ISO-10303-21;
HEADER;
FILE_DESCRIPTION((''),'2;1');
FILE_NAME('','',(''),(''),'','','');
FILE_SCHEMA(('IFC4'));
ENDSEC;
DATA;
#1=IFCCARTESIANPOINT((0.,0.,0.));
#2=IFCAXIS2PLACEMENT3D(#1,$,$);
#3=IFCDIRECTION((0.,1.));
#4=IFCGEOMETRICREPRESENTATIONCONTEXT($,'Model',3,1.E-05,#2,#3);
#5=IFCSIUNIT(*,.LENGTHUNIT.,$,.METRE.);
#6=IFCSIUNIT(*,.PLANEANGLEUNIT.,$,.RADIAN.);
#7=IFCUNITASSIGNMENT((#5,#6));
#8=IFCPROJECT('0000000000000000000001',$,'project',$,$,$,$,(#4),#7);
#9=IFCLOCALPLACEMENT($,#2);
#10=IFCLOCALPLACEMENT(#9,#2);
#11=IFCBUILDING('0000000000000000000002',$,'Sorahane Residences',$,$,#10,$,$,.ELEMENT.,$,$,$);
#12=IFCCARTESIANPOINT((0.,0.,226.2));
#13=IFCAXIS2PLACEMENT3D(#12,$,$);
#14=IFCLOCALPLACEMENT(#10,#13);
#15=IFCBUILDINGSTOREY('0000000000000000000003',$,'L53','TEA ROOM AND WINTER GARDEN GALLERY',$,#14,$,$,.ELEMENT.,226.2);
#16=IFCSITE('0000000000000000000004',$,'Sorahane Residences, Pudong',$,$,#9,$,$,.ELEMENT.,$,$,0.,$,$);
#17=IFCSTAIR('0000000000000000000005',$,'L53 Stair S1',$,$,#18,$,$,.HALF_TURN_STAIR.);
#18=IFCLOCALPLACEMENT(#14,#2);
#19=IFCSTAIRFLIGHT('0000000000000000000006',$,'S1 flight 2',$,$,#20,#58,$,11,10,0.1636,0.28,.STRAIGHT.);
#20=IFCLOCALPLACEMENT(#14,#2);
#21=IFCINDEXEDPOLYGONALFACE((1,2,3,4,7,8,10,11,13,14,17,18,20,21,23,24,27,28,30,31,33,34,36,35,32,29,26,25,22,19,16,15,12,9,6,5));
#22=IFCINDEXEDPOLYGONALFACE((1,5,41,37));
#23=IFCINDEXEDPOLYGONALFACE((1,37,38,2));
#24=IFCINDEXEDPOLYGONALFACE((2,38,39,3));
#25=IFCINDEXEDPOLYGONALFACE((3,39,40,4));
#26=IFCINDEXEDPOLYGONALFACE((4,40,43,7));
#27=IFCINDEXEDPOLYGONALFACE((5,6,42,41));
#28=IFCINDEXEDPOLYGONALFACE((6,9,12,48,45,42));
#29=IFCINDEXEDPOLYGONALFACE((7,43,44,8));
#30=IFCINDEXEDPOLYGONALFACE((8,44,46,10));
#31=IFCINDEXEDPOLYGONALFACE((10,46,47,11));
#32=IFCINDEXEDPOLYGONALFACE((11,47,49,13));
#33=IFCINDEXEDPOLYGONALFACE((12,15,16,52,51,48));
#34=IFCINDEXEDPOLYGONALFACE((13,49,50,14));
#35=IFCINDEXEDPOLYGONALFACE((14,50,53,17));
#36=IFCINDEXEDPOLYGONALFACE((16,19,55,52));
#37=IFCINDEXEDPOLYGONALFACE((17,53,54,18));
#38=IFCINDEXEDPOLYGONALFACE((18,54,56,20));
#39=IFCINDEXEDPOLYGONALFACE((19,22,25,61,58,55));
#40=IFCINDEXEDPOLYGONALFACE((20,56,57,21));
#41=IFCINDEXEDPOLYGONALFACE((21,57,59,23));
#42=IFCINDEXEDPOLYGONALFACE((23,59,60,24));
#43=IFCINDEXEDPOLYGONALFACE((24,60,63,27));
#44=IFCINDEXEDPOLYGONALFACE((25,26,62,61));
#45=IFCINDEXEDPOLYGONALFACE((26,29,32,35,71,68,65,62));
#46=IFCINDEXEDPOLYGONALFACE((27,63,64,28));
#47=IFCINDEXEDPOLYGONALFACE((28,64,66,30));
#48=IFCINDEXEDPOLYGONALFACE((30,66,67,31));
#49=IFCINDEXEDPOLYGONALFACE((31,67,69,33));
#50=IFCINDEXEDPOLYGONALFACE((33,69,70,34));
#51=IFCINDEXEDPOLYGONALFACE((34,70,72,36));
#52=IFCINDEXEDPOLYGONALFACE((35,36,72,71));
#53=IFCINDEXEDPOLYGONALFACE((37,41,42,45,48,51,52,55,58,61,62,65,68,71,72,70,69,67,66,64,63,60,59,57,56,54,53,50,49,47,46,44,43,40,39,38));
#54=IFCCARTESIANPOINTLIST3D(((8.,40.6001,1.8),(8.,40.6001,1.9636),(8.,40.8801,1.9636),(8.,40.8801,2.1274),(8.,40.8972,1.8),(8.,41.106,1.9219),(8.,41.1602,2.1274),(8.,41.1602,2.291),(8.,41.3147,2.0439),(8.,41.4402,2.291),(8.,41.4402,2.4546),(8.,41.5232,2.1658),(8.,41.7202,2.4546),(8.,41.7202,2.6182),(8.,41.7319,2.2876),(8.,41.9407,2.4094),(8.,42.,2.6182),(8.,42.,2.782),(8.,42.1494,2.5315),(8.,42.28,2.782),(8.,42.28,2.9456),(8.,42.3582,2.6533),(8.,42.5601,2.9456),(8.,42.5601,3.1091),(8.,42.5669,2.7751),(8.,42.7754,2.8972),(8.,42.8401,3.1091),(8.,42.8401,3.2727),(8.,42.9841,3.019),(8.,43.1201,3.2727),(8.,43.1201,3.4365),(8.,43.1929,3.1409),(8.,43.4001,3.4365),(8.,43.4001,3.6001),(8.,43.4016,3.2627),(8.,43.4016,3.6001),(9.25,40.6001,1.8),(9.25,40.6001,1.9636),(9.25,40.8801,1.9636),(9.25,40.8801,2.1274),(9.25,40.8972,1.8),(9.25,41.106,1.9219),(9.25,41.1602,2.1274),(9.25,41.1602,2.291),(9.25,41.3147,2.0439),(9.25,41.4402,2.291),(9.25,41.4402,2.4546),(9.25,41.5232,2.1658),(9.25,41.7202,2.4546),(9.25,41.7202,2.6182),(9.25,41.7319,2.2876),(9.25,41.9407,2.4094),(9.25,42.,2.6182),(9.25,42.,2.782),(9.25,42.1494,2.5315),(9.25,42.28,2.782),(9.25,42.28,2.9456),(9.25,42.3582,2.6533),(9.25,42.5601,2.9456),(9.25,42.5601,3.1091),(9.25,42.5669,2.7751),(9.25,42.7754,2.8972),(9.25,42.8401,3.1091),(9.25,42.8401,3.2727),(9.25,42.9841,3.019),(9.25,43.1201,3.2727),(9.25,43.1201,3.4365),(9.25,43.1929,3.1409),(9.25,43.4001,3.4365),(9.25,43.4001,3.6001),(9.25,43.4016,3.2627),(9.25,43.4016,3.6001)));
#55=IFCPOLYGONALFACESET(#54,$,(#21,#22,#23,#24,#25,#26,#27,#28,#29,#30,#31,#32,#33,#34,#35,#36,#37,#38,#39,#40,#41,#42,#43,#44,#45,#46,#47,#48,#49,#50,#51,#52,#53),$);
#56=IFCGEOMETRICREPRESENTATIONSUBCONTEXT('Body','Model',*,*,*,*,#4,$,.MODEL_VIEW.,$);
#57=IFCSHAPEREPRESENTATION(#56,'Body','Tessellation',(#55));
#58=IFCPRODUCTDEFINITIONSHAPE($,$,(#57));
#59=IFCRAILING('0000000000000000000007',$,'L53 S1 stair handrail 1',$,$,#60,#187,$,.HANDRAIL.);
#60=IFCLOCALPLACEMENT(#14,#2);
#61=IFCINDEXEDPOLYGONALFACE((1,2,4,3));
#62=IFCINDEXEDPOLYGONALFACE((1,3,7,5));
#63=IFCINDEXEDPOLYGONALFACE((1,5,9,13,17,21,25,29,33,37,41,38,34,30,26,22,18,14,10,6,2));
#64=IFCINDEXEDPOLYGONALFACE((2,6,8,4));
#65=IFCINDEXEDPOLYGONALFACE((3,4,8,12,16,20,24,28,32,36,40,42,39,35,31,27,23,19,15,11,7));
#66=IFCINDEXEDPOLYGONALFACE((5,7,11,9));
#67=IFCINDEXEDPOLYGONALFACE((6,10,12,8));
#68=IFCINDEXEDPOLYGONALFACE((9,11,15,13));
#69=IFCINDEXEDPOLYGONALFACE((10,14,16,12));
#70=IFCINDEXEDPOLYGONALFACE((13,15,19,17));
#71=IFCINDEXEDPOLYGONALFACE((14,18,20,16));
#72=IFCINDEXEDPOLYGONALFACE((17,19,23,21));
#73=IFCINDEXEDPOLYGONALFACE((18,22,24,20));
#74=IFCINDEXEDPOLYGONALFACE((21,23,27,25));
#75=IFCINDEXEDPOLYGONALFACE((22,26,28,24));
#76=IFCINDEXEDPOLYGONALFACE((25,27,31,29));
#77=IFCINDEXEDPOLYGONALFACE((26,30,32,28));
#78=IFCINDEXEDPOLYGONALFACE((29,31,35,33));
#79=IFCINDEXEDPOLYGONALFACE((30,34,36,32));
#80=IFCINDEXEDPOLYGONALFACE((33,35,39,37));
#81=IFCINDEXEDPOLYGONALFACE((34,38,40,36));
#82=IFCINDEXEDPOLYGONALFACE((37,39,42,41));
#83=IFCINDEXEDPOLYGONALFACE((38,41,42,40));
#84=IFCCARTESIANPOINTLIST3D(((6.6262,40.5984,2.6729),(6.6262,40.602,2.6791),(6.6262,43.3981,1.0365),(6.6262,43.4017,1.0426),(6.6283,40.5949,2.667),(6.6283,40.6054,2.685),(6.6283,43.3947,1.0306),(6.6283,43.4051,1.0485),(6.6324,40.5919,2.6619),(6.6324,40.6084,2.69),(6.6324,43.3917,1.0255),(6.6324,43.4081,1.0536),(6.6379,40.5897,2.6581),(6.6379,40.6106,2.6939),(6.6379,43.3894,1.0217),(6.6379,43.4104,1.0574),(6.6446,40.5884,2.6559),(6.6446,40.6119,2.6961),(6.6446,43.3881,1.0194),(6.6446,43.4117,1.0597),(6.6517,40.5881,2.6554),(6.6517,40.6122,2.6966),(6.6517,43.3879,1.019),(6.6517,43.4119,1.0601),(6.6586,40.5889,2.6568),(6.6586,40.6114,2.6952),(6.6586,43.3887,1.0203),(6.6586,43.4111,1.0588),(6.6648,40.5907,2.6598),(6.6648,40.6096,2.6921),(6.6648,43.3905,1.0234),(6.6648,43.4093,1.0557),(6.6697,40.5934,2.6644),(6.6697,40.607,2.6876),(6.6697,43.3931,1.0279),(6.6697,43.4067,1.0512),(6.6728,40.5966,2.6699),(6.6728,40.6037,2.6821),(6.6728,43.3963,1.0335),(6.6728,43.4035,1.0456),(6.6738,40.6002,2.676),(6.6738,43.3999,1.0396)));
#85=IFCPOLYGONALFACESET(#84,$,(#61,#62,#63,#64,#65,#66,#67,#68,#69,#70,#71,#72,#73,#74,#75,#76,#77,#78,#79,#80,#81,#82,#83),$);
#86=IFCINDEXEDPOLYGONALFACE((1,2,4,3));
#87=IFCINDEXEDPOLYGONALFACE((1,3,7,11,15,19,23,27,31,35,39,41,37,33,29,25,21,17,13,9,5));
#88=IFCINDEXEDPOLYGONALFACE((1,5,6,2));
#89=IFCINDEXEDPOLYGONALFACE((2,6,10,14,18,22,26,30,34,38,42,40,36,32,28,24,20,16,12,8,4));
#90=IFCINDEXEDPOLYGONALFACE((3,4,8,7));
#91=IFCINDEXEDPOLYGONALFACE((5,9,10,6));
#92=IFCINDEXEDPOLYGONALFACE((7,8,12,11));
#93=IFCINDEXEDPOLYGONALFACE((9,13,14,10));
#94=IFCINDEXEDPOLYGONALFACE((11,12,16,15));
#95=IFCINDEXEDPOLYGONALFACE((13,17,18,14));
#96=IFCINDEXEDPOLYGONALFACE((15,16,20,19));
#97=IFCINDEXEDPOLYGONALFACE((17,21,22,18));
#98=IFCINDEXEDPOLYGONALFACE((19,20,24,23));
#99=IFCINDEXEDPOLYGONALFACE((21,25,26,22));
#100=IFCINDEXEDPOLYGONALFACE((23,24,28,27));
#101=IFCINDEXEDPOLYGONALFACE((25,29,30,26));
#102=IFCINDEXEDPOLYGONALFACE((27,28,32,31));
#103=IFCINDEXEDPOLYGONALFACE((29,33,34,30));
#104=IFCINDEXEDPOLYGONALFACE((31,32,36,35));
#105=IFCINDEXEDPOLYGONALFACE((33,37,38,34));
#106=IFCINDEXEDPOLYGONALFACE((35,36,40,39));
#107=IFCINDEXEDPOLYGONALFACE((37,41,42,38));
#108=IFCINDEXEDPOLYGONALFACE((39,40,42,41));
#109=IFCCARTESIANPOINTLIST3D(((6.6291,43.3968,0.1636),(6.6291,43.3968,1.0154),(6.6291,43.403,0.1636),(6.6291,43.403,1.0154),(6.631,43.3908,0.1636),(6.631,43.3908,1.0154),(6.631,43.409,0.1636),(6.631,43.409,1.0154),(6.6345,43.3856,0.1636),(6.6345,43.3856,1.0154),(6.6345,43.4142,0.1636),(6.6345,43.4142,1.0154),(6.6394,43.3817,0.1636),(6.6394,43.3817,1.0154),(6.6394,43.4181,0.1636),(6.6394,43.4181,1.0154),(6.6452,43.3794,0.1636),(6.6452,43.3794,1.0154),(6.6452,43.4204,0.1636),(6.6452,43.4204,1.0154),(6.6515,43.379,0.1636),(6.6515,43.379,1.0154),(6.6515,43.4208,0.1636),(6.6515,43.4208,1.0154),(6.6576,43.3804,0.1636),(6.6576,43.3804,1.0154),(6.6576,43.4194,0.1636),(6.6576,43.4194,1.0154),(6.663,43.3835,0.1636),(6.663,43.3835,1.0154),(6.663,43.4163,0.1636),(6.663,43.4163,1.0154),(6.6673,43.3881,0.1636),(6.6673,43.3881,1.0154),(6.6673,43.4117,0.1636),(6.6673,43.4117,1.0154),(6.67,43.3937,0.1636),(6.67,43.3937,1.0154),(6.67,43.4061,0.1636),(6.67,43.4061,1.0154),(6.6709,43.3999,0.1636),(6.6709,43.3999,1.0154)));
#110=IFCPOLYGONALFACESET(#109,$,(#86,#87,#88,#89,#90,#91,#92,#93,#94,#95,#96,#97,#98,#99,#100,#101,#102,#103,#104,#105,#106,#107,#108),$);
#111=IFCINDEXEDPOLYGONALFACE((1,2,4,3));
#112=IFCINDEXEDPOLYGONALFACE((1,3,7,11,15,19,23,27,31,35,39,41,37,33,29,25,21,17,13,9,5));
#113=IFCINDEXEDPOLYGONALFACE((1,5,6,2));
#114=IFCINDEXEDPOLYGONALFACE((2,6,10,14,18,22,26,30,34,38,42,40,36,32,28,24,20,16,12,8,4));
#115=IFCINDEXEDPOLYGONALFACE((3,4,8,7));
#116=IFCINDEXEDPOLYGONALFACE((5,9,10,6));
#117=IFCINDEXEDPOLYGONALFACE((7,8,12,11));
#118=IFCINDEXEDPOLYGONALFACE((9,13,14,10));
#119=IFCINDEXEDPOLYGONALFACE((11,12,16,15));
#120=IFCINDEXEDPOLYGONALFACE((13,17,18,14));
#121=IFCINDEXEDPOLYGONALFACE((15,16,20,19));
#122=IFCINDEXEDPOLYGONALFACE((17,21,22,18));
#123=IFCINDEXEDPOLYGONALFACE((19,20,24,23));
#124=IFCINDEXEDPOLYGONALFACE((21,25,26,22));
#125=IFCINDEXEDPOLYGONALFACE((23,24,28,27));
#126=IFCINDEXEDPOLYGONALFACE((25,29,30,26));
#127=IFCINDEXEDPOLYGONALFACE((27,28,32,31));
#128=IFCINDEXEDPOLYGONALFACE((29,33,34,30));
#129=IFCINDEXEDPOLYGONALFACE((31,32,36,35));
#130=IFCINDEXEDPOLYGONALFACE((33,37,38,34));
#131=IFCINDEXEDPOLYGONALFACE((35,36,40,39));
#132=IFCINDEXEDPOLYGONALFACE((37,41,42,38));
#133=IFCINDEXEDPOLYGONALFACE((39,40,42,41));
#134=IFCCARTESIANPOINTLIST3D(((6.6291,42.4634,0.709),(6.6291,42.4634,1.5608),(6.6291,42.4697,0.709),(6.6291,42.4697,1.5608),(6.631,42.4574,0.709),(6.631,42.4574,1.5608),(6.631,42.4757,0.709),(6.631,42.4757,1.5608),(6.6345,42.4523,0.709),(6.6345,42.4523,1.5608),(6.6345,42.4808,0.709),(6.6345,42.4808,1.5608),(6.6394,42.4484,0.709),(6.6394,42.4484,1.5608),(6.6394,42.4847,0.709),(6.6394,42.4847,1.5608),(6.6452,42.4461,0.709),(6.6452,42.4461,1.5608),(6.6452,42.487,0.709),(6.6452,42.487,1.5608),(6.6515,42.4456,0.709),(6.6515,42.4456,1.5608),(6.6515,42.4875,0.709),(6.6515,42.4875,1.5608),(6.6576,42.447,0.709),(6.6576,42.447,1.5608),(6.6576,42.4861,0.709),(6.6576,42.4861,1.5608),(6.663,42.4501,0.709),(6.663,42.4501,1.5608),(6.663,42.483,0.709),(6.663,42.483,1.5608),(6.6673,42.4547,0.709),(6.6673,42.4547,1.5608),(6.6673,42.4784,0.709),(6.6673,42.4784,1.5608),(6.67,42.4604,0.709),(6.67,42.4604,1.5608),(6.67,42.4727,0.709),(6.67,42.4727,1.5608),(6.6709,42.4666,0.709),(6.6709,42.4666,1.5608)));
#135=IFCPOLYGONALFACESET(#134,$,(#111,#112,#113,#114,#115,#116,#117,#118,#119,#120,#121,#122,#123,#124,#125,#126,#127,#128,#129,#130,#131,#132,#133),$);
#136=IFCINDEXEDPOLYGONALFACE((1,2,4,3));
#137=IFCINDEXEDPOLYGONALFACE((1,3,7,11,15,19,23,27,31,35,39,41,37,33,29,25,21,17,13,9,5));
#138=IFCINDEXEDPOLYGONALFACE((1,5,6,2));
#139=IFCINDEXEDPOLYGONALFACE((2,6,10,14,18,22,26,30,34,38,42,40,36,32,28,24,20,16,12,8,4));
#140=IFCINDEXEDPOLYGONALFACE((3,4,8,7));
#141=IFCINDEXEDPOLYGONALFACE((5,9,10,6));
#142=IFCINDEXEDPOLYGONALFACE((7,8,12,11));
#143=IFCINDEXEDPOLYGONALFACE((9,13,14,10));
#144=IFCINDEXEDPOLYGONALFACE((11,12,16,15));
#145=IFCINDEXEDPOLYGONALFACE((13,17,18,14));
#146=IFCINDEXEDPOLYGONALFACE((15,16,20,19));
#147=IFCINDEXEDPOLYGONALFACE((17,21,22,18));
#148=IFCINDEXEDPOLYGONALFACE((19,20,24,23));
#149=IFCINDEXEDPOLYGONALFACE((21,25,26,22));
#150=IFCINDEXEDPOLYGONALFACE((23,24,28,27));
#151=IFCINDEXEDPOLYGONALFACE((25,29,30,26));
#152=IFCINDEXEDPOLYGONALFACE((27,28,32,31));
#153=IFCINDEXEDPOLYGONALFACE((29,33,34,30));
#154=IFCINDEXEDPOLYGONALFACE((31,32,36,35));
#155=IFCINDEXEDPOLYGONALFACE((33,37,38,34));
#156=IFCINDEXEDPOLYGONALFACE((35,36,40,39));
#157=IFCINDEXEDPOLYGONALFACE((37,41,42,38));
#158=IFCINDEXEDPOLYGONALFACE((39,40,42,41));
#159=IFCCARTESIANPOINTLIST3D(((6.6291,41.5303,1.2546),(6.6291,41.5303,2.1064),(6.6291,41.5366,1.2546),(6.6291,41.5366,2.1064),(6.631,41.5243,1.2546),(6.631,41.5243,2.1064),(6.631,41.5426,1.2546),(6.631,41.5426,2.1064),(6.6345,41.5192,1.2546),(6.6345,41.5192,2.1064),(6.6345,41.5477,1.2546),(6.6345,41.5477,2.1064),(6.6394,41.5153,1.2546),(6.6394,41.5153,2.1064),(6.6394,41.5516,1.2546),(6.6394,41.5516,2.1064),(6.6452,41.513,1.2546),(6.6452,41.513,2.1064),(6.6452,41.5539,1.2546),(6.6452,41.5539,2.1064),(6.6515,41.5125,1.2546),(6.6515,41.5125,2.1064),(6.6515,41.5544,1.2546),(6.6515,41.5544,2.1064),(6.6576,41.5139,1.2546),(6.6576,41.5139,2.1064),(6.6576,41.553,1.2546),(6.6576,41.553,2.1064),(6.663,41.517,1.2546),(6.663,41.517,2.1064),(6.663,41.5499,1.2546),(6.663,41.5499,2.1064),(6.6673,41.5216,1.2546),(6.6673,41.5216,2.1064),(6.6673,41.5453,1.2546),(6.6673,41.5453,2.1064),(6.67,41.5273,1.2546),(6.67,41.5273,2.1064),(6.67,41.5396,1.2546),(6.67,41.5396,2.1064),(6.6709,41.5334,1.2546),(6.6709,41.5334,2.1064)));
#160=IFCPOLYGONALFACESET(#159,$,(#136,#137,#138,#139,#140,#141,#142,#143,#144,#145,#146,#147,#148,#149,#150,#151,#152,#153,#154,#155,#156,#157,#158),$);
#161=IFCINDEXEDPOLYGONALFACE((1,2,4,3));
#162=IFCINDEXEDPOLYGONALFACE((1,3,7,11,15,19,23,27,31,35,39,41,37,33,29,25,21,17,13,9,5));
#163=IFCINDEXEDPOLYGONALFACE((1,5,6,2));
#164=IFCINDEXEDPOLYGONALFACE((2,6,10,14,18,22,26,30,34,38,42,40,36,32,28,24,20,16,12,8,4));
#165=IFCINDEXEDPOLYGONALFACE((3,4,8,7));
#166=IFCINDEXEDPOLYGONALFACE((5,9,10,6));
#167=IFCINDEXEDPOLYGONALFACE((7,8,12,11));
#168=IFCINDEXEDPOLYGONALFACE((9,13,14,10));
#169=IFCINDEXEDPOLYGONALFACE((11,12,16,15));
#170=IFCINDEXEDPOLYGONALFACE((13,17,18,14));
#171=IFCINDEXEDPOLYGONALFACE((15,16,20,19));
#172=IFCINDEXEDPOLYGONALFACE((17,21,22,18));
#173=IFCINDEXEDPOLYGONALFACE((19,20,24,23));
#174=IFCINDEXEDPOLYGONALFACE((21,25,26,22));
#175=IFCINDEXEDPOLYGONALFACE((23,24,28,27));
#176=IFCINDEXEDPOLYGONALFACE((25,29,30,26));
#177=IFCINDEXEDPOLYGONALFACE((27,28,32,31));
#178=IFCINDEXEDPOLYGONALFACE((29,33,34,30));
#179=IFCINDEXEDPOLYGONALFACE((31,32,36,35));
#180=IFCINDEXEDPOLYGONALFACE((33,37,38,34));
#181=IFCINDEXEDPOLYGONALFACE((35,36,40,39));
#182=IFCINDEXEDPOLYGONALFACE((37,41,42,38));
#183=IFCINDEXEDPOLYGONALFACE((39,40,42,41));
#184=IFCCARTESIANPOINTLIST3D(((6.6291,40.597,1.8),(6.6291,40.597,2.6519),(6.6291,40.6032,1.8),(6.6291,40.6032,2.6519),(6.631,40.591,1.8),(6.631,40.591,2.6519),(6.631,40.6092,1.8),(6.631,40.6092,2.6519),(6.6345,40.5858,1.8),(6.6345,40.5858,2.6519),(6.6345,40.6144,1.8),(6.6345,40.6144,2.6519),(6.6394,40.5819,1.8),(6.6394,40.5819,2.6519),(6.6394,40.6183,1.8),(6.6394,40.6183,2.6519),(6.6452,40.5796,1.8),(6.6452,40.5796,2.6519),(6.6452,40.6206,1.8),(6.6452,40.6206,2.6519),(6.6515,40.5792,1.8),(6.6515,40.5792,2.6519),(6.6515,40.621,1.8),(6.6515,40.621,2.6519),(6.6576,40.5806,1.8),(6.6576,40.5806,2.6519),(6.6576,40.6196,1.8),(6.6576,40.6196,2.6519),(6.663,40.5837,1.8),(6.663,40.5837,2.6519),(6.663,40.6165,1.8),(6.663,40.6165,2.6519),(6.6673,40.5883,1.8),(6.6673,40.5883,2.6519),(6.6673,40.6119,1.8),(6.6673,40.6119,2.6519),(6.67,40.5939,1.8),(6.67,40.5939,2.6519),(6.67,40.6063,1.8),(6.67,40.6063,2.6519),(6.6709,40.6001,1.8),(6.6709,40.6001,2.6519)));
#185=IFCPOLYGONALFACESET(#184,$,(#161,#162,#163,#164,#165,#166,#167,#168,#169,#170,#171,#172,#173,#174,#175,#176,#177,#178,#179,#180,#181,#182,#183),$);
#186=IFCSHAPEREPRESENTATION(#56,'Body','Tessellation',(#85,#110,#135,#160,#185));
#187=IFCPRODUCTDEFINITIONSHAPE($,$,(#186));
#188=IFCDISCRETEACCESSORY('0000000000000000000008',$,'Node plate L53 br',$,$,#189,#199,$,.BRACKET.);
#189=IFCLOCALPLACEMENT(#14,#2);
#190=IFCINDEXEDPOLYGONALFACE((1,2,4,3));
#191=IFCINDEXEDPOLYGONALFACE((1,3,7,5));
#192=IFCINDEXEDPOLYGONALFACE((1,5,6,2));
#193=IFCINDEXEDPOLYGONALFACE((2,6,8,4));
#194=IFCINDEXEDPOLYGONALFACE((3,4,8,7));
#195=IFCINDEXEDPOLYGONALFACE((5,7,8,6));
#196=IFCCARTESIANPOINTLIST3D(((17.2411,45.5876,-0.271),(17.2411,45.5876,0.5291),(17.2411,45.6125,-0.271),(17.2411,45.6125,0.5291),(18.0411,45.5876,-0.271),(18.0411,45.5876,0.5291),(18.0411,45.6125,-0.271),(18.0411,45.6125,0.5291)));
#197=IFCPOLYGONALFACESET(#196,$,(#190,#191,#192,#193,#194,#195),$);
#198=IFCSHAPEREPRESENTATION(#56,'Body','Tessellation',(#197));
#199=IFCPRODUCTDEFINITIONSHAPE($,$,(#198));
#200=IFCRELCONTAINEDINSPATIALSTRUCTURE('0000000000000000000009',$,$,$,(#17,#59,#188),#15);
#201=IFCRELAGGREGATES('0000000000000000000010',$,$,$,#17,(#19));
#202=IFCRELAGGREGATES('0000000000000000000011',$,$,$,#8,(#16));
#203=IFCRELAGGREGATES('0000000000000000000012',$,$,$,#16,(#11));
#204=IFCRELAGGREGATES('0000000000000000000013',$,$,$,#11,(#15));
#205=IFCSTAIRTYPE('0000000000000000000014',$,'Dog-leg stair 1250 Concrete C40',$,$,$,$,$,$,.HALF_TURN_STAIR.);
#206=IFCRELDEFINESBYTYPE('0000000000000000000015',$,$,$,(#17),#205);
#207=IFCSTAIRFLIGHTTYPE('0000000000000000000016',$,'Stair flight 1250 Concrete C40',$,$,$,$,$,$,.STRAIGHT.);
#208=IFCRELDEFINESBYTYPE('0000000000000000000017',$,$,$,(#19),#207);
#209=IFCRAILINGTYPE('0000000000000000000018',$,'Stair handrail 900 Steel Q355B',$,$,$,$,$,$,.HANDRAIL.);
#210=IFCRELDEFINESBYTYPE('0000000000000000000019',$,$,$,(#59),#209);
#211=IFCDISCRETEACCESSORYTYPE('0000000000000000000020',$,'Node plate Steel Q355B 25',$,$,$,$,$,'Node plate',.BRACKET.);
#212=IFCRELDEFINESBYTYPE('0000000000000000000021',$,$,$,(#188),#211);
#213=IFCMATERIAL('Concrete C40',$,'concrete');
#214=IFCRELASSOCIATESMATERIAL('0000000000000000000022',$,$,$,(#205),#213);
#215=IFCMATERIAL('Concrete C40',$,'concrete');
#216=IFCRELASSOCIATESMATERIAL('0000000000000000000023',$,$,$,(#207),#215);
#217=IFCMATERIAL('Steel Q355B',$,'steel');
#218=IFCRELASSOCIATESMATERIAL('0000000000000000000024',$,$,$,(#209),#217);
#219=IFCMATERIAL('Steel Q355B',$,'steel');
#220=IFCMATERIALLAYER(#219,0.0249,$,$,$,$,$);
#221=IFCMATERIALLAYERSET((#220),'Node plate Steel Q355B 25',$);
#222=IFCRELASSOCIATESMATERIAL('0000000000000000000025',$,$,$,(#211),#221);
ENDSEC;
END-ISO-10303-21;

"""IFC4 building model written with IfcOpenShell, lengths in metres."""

from ifc_helpers import new_model, si_unit, direction, frame, origin, origin_2d, place, context, subcontext, project, spatial, polyline, rectangle, circle, outline, extrude, material, layer, layer_set, type_object, element, aggregate, save


model = new_model("IFC4")

# Units and contexts
model_context = context("Model", 3, precision=1e-05, world=origin(), true_north=direction((0.0, 1.0)))
body_context = subcontext(model_context, "Body", "Model", "MODEL_VIEW")
ifc_project = project(units=[si_unit("LENGTHUNIT", "METRE"), si_unit("PLANEANGLEUNIT", "RADIAN")], contexts=[model_context])

# Site, building, storey
site_placement = place(None, origin())
site = spatial("IfcSite", under=ifc_project, at=site_placement, Name="Sorahane Residences, Pudong", CompositionType="ELEMENT", RefElevation=0.0)
building_placement = place(site_placement, origin())
building = spatial("IfcBuilding", under=site, at=building_placement, Name="Sorahane Residences", CompositionType="ELEMENT")
storey_placement = place(building_placement, frame((0.0, 0.0, 226.2)))
storey = spatial("IfcBuildingStorey", under=building, at=storey_placement, Name="L53", Description="TEA ROOM AND WINTER GARDEN GALLERY", CompositionType="ELEMENT", Elevation=226.2)

# Stair, stair flight
ifc_material_1 = material(Name="Concrete C40", Category="concrete")
stair_type = type_object("IfcStairType", Name="Dog-leg stair 1250 Concrete C40", PredefinedType="HALF_TURN_STAIR", material=ifc_material_1)
stair_placement = place(storey_placement, origin())
stair = element("IfcStair", 1, at=stair_placement, inside=storey, type_object=stair_type, Name="L53 Stair S1", PredefinedType="HALF_TURN_STAIR")
ifc_material_2 = material(Name="Concrete C40", Category="concrete")
stair_flight_type = type_object("IfcStairFlightType", Name="Stair flight 1250 Concrete C40", PredefinedType="STRAIGHT", material=ifc_material_2)
stair_flight_1_placement = place(storey_placement, frame((8.625, 40.6001, 1.8), z_axis=(0.0, 0.0, 1.0), x_axis=(0.0, 1.0, 0.0)))
stair_flight_1 = element("IfcStairFlight", 2, at=stair_flight_1_placement, type_object=stair_flight_type, Name="S1 flight 2", NumberOfRisers=11, NumberOfTreads=10, PredefinedType="STRAIGHT", RiserHeight=0.1636, TreadLength=0.28, context=body_context, shape_type="SweptSolid", body=[
    extrude(outline(polyline([(0.0, 0.0), (0.0, 0.1636), (0.28, 0.1636), (0.28, 0.3274), (0.5601, 0.3274), (0.5601, 0.491), (0.8401, 0.491), (0.8401, 0.6545), (1.1201, 0.6545), (1.1201, 0.8181), (1.3999, 0.8181), (1.3999, 0.9819), (1.6799, 0.9819), (1.6799, 1.1455), (1.96, 1.1455), (1.96, 1.3091), (2.24, 1.3091), (2.24, 1.4727), (2.52, 1.4727), (2.52, 1.6365), (2.8, 1.6365), (2.8, 1.8), (2.8015, 1.8), (2.8015, 1.4626), (2.5928, 1.3408), (2.384, 1.219), (2.1753, 1.0972), (1.9668, 0.9751), (1.7581, 0.8533), (1.5493, 0.7314), (1.3406, 0.6094), (1.1318, 0.4875), (0.9231, 0.3657), (0.7146, 0.2439), (0.5059, 0.1218), (0.2971, 0.0), (0.0, 0.0)])), frame((0.0, 0.625, 0.0), z_axis=(0.0, -1.0, 0.0), x_axis=(1.0, 0.0, 0.0)), (0.0, 0.0, 1.0), 1.25),
])
aggregate(stair, [stair_flight_1])

# Railing
ifc_material_3 = material(Name="Steel Q355B", Category="steel")
railing_type_1 = type_object("IfcRailingType", Name="Stair handrail 900 Steel Q355B", PredefinedType="HANDRAIL", material=ifc_material_3)
railing_1_placement = place(storey_placement, frame((6.6499, 43.3999, 0.1636)))
element("IfcRailing", 3, at=railing_1_placement, inside=storey, type_object=railing_type_1, Name="L53 S1 stair handrail 1", PredefinedType="HANDRAIL", context=body_context, shape_type="SweptSolid", body=[
    extrude(circle(Radius=0.0239, at=origin_2d()), frame((0.0, 0.0, 0.876), z_axis=(0.0, -0.863342, 0.50462), x_axis=(1.0, 0.0, 0.0)), (0.0, 0.0, 1.0), 3.2429),
    extrude(circle(Radius=0.021, at=origin_2d()), origin(), (0.0, 0.0, 1.0), 0.8518),
    extrude(circle(Radius=0.021, at=origin_2d()), frame((0.0, -0.9333, 0.5454)), (0.0, 0.0, 1.0), 0.8518),
    extrude(circle(Radius=0.021, at=origin_2d()), frame((0.0, -1.8665, 1.0911)), (0.0, 0.0, 1.0), 0.8518),
    extrude(circle(Radius=0.021, at=origin_2d()), frame((0.0, -2.7998, 1.6365)), (0.0, 0.0, 1.0), 0.8518),
])

# Discrete accessory
ifc_material_4 = material(Name="Steel Q355B", Category="steel")
ifc_layer_1 = layer(ifc_material_4, 0.0249)
ifc_layer_set_1 = layer_set([ifc_layer_1], Name="Node plate Steel Q355B 25")
discrete_accessory_type = type_object("IfcDiscreteAccessoryType", Name="Node plate Steel Q355B 25", ElementType="Node plate", PredefinedType="BRACKET", material=ifc_layer_set_1)
for number, where, z_axis, x_axis, name in (
    (4, (17.6411, 45.6001, -0.271), (0.0, 0.0, 1.0), (1.0, 0.0, 0.0), "Node plate L53 br"),
):
    element("IfcDiscreteAccessory", number, at=place(storey_placement, frame(where, z_axis=z_axis, x_axis=x_axis)), inside=storey, type_object=discrete_accessory_type, Name=name, PredefinedType="BRACKET", context=body_context, shape_type="SweptSolid", body=[
        extrude(rectangle(XDim=0.8, YDim=0.0249, at=origin_2d()), origin(), (0.0, 0.0, 1.0), 0.8),
    ])

save(model, "model.ifc")
